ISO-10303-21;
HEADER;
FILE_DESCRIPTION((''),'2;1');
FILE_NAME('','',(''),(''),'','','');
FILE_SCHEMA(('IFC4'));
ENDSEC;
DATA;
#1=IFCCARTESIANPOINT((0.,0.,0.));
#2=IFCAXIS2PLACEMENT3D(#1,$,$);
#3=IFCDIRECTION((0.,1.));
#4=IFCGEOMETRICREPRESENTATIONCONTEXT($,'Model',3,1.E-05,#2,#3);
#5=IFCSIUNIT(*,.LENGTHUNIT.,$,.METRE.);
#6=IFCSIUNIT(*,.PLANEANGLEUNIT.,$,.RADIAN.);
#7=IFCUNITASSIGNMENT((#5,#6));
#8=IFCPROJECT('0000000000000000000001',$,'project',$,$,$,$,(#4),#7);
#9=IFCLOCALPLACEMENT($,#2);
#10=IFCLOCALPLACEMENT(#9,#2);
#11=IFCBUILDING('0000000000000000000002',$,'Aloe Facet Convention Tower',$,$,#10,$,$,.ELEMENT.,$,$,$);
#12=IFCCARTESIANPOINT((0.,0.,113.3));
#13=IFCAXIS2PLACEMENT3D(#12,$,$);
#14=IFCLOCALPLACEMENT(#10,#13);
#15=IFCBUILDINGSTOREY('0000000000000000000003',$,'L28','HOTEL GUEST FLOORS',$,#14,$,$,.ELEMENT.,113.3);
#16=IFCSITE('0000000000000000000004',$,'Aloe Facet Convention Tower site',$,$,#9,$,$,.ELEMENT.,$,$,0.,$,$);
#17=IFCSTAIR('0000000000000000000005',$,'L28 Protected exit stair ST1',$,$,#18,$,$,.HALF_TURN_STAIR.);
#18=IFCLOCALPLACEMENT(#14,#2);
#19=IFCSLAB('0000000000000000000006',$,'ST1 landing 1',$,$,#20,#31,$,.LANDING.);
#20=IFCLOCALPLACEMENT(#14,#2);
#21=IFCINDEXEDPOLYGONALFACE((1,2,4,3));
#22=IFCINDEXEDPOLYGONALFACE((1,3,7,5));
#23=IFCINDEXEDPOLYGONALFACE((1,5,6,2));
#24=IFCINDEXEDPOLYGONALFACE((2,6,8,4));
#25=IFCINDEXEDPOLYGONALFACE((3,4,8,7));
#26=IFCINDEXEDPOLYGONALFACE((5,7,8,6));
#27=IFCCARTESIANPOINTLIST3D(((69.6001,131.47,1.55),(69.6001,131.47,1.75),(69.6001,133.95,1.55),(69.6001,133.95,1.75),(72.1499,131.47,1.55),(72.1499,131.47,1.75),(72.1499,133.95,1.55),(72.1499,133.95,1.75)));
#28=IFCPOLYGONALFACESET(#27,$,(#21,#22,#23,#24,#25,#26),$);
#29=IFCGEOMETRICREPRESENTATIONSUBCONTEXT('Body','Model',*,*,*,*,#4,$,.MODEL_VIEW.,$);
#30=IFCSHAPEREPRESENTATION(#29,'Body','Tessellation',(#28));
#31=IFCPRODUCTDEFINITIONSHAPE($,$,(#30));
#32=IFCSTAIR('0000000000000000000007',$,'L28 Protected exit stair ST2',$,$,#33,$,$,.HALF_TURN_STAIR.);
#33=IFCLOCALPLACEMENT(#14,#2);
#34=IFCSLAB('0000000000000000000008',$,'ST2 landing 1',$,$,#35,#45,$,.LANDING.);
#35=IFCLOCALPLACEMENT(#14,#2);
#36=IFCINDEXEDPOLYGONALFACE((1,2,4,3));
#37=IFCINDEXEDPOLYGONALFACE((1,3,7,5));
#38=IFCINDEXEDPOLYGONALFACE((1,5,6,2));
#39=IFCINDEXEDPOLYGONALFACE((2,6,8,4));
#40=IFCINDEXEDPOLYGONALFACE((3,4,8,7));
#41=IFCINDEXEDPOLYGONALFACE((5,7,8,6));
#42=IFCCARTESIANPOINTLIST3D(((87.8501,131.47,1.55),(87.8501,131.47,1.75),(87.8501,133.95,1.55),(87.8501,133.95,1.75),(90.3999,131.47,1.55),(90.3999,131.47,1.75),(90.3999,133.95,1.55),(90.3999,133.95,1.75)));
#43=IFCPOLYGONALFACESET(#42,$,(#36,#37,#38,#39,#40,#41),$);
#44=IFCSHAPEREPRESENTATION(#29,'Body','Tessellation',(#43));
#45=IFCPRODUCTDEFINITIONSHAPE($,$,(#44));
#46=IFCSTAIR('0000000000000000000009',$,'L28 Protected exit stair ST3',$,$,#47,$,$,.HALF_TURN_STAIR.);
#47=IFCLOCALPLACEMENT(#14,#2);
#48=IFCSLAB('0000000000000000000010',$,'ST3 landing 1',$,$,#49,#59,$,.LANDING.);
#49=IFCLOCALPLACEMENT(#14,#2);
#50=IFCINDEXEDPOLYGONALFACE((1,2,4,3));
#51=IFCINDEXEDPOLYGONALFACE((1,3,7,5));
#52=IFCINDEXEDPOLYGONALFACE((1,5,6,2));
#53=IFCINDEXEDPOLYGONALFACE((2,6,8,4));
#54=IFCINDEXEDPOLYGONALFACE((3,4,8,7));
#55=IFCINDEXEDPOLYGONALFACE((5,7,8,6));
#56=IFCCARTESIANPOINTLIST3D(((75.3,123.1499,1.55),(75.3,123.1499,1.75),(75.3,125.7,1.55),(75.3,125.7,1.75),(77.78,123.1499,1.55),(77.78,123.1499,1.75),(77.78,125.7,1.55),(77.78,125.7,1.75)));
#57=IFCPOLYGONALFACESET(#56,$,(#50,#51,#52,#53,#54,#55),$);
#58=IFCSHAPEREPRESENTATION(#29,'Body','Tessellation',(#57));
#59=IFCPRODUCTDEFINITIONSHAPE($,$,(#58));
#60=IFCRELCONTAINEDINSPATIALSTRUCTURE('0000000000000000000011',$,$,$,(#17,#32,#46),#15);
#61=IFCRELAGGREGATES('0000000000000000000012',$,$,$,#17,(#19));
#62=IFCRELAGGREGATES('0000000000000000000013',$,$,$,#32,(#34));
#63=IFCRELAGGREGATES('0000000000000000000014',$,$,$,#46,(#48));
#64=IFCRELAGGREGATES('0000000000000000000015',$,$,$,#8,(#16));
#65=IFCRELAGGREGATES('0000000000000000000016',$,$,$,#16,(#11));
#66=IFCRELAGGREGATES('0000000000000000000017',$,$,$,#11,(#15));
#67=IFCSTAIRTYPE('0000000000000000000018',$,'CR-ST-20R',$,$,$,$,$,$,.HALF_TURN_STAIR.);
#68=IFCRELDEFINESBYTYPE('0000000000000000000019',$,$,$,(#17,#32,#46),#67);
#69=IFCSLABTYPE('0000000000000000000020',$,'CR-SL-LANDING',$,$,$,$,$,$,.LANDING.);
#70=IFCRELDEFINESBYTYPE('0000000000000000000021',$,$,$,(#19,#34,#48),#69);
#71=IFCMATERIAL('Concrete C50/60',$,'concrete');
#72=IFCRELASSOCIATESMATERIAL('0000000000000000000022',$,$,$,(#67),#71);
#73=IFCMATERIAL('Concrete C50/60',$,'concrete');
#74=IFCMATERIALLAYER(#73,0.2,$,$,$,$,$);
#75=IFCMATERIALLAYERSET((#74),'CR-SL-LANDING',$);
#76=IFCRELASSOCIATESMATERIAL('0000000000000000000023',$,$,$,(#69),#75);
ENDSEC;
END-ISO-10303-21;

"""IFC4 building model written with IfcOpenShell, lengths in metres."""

from ifc_helpers import new_model, si_unit, direction, frame, origin, place, context, subcontext, project, spatial, polyline, outline, extrude, material, layer, layer_set, type_object, element, aggregate, save


model = new_model("IFC4")

# Units and contexts
model_context = context("Model", 3, precision=1e-05, world=origin(), true_north=direction((0.0, 1.0)))
body_context = subcontext(model_context, "Body", "Model", "MODEL_VIEW")
ifc_project = project(units=[si_unit("LENGTHUNIT", "METRE"), si_unit("PLANEANGLEUNIT", "RADIAN")], contexts=[model_context])

# Site, building, storey
site_placement = place(None, origin())
site = spatial("IfcSite", under=ifc_project, at=site_placement, Name="Aloe Facet Convention Tower site", CompositionType="ELEMENT", RefElevation=0.0)
building_placement = place(site_placement, origin())
building = spatial("IfcBuilding", under=site, at=building_placement, Name="Aloe Facet Convention Tower", CompositionType="ELEMENT")
storey_placement = place(building_placement, frame((0.0, 0.0, 113.3)))
storey = spatial("IfcBuildingStorey", under=building, at=storey_placement, Name="L28", Description="HOTEL GUEST FLOORS", CompositionType="ELEMENT", Elevation=113.3)

# Stairs, slabs
ifc_material_1 = material(Name="Concrete C50/60", Category="concrete")
stair_type = type_object("IfcStairType", Name="CR-ST-20R", PredefinedType="HALF_TURN_STAIR", material=ifc_material_1)
stair_1_placement = place(storey_placement, origin())
stair_1 = element("IfcStair", 1, at=stair_1_placement, inside=storey, type_object=stair_type, Name="L28 Protected exit stair ST1", PredefinedType="HALF_TURN_STAIR")
ifc_material_2 = material(Name="Concrete C50/60", Category="concrete")
ifc_layer_1 = layer(ifc_material_2, 0.2)
ifc_layer_set_1 = layer_set([ifc_layer_1], Name="CR-SL-LANDING")
slab_type_1 = type_object("IfcSlabType", Name="CR-SL-LANDING", PredefinedType="LANDING", material=ifc_layer_set_1)
slab_1_placement = place(storey_placement, frame((0.0, 0.0, 1.55)))
slab_1 = element("IfcSlab", 2, at=slab_1_placement, type_object=slab_type_1, Name="ST1 landing 1", PredefinedType="LANDING", context=body_context, shape_type="SweptSolid", body=[
    extrude(outline(polyline([(72.1499, 131.47), (72.1499, 133.95), (69.6001, 133.95), (69.6001, 131.47), (72.1499, 131.47)])), origin(), (0.0, 0.0, 1.0), 0.2),
])
aggregate(stair_1, [slab_1])
stair_2_placement = place(storey_placement, origin())
stair_2 = element("IfcStair", 3, at=stair_2_placement, inside=storey, type_object=stair_type, Name="L28 Protected exit stair ST2", PredefinedType="HALF_TURN_STAIR")
slab_2_placement = place(storey_placement, frame((0.0, 0.0, 1.55)))
slab_2 = element("IfcSlab", 4, at=slab_2_placement, type_object=slab_type_1, Name="ST2 landing 1", PredefinedType="LANDING", context=body_context, shape_type="SweptSolid", body=[
    extrude(outline(polyline([(90.3999, 131.47), (90.3999, 133.95), (87.8501, 133.95), (87.8501, 131.47), (90.3999, 131.47)])), origin(), (0.0, 0.0, 1.0), 0.2),
])
aggregate(stair_2, [slab_2])
stair_3_placement = place(storey_placement, origin())
stair_3 = element("IfcStair", 5, at=stair_3_placement, inside=storey, type_object=stair_type, Name="L28 Protected exit stair ST3", PredefinedType="HALF_TURN_STAIR")
slab_3_placement = place(storey_placement, frame((0.0, 0.0, 1.55)))
slab_3 = element("IfcSlab", 6, at=slab_3_placement, type_object=slab_type_1, Name="ST3 landing 1", PredefinedType="LANDING", context=body_context, shape_type="SweptSolid", body=[
    extrude(outline(polyline([(77.78, 125.7), (75.3, 125.7), (75.3, 123.1499), (77.78, 123.1499), (77.78, 125.7)])), origin(), (0.0, 0.0, 1.0), 0.2),
])
aggregate(stair_3, [slab_3])

save(model, "model.ifc")
